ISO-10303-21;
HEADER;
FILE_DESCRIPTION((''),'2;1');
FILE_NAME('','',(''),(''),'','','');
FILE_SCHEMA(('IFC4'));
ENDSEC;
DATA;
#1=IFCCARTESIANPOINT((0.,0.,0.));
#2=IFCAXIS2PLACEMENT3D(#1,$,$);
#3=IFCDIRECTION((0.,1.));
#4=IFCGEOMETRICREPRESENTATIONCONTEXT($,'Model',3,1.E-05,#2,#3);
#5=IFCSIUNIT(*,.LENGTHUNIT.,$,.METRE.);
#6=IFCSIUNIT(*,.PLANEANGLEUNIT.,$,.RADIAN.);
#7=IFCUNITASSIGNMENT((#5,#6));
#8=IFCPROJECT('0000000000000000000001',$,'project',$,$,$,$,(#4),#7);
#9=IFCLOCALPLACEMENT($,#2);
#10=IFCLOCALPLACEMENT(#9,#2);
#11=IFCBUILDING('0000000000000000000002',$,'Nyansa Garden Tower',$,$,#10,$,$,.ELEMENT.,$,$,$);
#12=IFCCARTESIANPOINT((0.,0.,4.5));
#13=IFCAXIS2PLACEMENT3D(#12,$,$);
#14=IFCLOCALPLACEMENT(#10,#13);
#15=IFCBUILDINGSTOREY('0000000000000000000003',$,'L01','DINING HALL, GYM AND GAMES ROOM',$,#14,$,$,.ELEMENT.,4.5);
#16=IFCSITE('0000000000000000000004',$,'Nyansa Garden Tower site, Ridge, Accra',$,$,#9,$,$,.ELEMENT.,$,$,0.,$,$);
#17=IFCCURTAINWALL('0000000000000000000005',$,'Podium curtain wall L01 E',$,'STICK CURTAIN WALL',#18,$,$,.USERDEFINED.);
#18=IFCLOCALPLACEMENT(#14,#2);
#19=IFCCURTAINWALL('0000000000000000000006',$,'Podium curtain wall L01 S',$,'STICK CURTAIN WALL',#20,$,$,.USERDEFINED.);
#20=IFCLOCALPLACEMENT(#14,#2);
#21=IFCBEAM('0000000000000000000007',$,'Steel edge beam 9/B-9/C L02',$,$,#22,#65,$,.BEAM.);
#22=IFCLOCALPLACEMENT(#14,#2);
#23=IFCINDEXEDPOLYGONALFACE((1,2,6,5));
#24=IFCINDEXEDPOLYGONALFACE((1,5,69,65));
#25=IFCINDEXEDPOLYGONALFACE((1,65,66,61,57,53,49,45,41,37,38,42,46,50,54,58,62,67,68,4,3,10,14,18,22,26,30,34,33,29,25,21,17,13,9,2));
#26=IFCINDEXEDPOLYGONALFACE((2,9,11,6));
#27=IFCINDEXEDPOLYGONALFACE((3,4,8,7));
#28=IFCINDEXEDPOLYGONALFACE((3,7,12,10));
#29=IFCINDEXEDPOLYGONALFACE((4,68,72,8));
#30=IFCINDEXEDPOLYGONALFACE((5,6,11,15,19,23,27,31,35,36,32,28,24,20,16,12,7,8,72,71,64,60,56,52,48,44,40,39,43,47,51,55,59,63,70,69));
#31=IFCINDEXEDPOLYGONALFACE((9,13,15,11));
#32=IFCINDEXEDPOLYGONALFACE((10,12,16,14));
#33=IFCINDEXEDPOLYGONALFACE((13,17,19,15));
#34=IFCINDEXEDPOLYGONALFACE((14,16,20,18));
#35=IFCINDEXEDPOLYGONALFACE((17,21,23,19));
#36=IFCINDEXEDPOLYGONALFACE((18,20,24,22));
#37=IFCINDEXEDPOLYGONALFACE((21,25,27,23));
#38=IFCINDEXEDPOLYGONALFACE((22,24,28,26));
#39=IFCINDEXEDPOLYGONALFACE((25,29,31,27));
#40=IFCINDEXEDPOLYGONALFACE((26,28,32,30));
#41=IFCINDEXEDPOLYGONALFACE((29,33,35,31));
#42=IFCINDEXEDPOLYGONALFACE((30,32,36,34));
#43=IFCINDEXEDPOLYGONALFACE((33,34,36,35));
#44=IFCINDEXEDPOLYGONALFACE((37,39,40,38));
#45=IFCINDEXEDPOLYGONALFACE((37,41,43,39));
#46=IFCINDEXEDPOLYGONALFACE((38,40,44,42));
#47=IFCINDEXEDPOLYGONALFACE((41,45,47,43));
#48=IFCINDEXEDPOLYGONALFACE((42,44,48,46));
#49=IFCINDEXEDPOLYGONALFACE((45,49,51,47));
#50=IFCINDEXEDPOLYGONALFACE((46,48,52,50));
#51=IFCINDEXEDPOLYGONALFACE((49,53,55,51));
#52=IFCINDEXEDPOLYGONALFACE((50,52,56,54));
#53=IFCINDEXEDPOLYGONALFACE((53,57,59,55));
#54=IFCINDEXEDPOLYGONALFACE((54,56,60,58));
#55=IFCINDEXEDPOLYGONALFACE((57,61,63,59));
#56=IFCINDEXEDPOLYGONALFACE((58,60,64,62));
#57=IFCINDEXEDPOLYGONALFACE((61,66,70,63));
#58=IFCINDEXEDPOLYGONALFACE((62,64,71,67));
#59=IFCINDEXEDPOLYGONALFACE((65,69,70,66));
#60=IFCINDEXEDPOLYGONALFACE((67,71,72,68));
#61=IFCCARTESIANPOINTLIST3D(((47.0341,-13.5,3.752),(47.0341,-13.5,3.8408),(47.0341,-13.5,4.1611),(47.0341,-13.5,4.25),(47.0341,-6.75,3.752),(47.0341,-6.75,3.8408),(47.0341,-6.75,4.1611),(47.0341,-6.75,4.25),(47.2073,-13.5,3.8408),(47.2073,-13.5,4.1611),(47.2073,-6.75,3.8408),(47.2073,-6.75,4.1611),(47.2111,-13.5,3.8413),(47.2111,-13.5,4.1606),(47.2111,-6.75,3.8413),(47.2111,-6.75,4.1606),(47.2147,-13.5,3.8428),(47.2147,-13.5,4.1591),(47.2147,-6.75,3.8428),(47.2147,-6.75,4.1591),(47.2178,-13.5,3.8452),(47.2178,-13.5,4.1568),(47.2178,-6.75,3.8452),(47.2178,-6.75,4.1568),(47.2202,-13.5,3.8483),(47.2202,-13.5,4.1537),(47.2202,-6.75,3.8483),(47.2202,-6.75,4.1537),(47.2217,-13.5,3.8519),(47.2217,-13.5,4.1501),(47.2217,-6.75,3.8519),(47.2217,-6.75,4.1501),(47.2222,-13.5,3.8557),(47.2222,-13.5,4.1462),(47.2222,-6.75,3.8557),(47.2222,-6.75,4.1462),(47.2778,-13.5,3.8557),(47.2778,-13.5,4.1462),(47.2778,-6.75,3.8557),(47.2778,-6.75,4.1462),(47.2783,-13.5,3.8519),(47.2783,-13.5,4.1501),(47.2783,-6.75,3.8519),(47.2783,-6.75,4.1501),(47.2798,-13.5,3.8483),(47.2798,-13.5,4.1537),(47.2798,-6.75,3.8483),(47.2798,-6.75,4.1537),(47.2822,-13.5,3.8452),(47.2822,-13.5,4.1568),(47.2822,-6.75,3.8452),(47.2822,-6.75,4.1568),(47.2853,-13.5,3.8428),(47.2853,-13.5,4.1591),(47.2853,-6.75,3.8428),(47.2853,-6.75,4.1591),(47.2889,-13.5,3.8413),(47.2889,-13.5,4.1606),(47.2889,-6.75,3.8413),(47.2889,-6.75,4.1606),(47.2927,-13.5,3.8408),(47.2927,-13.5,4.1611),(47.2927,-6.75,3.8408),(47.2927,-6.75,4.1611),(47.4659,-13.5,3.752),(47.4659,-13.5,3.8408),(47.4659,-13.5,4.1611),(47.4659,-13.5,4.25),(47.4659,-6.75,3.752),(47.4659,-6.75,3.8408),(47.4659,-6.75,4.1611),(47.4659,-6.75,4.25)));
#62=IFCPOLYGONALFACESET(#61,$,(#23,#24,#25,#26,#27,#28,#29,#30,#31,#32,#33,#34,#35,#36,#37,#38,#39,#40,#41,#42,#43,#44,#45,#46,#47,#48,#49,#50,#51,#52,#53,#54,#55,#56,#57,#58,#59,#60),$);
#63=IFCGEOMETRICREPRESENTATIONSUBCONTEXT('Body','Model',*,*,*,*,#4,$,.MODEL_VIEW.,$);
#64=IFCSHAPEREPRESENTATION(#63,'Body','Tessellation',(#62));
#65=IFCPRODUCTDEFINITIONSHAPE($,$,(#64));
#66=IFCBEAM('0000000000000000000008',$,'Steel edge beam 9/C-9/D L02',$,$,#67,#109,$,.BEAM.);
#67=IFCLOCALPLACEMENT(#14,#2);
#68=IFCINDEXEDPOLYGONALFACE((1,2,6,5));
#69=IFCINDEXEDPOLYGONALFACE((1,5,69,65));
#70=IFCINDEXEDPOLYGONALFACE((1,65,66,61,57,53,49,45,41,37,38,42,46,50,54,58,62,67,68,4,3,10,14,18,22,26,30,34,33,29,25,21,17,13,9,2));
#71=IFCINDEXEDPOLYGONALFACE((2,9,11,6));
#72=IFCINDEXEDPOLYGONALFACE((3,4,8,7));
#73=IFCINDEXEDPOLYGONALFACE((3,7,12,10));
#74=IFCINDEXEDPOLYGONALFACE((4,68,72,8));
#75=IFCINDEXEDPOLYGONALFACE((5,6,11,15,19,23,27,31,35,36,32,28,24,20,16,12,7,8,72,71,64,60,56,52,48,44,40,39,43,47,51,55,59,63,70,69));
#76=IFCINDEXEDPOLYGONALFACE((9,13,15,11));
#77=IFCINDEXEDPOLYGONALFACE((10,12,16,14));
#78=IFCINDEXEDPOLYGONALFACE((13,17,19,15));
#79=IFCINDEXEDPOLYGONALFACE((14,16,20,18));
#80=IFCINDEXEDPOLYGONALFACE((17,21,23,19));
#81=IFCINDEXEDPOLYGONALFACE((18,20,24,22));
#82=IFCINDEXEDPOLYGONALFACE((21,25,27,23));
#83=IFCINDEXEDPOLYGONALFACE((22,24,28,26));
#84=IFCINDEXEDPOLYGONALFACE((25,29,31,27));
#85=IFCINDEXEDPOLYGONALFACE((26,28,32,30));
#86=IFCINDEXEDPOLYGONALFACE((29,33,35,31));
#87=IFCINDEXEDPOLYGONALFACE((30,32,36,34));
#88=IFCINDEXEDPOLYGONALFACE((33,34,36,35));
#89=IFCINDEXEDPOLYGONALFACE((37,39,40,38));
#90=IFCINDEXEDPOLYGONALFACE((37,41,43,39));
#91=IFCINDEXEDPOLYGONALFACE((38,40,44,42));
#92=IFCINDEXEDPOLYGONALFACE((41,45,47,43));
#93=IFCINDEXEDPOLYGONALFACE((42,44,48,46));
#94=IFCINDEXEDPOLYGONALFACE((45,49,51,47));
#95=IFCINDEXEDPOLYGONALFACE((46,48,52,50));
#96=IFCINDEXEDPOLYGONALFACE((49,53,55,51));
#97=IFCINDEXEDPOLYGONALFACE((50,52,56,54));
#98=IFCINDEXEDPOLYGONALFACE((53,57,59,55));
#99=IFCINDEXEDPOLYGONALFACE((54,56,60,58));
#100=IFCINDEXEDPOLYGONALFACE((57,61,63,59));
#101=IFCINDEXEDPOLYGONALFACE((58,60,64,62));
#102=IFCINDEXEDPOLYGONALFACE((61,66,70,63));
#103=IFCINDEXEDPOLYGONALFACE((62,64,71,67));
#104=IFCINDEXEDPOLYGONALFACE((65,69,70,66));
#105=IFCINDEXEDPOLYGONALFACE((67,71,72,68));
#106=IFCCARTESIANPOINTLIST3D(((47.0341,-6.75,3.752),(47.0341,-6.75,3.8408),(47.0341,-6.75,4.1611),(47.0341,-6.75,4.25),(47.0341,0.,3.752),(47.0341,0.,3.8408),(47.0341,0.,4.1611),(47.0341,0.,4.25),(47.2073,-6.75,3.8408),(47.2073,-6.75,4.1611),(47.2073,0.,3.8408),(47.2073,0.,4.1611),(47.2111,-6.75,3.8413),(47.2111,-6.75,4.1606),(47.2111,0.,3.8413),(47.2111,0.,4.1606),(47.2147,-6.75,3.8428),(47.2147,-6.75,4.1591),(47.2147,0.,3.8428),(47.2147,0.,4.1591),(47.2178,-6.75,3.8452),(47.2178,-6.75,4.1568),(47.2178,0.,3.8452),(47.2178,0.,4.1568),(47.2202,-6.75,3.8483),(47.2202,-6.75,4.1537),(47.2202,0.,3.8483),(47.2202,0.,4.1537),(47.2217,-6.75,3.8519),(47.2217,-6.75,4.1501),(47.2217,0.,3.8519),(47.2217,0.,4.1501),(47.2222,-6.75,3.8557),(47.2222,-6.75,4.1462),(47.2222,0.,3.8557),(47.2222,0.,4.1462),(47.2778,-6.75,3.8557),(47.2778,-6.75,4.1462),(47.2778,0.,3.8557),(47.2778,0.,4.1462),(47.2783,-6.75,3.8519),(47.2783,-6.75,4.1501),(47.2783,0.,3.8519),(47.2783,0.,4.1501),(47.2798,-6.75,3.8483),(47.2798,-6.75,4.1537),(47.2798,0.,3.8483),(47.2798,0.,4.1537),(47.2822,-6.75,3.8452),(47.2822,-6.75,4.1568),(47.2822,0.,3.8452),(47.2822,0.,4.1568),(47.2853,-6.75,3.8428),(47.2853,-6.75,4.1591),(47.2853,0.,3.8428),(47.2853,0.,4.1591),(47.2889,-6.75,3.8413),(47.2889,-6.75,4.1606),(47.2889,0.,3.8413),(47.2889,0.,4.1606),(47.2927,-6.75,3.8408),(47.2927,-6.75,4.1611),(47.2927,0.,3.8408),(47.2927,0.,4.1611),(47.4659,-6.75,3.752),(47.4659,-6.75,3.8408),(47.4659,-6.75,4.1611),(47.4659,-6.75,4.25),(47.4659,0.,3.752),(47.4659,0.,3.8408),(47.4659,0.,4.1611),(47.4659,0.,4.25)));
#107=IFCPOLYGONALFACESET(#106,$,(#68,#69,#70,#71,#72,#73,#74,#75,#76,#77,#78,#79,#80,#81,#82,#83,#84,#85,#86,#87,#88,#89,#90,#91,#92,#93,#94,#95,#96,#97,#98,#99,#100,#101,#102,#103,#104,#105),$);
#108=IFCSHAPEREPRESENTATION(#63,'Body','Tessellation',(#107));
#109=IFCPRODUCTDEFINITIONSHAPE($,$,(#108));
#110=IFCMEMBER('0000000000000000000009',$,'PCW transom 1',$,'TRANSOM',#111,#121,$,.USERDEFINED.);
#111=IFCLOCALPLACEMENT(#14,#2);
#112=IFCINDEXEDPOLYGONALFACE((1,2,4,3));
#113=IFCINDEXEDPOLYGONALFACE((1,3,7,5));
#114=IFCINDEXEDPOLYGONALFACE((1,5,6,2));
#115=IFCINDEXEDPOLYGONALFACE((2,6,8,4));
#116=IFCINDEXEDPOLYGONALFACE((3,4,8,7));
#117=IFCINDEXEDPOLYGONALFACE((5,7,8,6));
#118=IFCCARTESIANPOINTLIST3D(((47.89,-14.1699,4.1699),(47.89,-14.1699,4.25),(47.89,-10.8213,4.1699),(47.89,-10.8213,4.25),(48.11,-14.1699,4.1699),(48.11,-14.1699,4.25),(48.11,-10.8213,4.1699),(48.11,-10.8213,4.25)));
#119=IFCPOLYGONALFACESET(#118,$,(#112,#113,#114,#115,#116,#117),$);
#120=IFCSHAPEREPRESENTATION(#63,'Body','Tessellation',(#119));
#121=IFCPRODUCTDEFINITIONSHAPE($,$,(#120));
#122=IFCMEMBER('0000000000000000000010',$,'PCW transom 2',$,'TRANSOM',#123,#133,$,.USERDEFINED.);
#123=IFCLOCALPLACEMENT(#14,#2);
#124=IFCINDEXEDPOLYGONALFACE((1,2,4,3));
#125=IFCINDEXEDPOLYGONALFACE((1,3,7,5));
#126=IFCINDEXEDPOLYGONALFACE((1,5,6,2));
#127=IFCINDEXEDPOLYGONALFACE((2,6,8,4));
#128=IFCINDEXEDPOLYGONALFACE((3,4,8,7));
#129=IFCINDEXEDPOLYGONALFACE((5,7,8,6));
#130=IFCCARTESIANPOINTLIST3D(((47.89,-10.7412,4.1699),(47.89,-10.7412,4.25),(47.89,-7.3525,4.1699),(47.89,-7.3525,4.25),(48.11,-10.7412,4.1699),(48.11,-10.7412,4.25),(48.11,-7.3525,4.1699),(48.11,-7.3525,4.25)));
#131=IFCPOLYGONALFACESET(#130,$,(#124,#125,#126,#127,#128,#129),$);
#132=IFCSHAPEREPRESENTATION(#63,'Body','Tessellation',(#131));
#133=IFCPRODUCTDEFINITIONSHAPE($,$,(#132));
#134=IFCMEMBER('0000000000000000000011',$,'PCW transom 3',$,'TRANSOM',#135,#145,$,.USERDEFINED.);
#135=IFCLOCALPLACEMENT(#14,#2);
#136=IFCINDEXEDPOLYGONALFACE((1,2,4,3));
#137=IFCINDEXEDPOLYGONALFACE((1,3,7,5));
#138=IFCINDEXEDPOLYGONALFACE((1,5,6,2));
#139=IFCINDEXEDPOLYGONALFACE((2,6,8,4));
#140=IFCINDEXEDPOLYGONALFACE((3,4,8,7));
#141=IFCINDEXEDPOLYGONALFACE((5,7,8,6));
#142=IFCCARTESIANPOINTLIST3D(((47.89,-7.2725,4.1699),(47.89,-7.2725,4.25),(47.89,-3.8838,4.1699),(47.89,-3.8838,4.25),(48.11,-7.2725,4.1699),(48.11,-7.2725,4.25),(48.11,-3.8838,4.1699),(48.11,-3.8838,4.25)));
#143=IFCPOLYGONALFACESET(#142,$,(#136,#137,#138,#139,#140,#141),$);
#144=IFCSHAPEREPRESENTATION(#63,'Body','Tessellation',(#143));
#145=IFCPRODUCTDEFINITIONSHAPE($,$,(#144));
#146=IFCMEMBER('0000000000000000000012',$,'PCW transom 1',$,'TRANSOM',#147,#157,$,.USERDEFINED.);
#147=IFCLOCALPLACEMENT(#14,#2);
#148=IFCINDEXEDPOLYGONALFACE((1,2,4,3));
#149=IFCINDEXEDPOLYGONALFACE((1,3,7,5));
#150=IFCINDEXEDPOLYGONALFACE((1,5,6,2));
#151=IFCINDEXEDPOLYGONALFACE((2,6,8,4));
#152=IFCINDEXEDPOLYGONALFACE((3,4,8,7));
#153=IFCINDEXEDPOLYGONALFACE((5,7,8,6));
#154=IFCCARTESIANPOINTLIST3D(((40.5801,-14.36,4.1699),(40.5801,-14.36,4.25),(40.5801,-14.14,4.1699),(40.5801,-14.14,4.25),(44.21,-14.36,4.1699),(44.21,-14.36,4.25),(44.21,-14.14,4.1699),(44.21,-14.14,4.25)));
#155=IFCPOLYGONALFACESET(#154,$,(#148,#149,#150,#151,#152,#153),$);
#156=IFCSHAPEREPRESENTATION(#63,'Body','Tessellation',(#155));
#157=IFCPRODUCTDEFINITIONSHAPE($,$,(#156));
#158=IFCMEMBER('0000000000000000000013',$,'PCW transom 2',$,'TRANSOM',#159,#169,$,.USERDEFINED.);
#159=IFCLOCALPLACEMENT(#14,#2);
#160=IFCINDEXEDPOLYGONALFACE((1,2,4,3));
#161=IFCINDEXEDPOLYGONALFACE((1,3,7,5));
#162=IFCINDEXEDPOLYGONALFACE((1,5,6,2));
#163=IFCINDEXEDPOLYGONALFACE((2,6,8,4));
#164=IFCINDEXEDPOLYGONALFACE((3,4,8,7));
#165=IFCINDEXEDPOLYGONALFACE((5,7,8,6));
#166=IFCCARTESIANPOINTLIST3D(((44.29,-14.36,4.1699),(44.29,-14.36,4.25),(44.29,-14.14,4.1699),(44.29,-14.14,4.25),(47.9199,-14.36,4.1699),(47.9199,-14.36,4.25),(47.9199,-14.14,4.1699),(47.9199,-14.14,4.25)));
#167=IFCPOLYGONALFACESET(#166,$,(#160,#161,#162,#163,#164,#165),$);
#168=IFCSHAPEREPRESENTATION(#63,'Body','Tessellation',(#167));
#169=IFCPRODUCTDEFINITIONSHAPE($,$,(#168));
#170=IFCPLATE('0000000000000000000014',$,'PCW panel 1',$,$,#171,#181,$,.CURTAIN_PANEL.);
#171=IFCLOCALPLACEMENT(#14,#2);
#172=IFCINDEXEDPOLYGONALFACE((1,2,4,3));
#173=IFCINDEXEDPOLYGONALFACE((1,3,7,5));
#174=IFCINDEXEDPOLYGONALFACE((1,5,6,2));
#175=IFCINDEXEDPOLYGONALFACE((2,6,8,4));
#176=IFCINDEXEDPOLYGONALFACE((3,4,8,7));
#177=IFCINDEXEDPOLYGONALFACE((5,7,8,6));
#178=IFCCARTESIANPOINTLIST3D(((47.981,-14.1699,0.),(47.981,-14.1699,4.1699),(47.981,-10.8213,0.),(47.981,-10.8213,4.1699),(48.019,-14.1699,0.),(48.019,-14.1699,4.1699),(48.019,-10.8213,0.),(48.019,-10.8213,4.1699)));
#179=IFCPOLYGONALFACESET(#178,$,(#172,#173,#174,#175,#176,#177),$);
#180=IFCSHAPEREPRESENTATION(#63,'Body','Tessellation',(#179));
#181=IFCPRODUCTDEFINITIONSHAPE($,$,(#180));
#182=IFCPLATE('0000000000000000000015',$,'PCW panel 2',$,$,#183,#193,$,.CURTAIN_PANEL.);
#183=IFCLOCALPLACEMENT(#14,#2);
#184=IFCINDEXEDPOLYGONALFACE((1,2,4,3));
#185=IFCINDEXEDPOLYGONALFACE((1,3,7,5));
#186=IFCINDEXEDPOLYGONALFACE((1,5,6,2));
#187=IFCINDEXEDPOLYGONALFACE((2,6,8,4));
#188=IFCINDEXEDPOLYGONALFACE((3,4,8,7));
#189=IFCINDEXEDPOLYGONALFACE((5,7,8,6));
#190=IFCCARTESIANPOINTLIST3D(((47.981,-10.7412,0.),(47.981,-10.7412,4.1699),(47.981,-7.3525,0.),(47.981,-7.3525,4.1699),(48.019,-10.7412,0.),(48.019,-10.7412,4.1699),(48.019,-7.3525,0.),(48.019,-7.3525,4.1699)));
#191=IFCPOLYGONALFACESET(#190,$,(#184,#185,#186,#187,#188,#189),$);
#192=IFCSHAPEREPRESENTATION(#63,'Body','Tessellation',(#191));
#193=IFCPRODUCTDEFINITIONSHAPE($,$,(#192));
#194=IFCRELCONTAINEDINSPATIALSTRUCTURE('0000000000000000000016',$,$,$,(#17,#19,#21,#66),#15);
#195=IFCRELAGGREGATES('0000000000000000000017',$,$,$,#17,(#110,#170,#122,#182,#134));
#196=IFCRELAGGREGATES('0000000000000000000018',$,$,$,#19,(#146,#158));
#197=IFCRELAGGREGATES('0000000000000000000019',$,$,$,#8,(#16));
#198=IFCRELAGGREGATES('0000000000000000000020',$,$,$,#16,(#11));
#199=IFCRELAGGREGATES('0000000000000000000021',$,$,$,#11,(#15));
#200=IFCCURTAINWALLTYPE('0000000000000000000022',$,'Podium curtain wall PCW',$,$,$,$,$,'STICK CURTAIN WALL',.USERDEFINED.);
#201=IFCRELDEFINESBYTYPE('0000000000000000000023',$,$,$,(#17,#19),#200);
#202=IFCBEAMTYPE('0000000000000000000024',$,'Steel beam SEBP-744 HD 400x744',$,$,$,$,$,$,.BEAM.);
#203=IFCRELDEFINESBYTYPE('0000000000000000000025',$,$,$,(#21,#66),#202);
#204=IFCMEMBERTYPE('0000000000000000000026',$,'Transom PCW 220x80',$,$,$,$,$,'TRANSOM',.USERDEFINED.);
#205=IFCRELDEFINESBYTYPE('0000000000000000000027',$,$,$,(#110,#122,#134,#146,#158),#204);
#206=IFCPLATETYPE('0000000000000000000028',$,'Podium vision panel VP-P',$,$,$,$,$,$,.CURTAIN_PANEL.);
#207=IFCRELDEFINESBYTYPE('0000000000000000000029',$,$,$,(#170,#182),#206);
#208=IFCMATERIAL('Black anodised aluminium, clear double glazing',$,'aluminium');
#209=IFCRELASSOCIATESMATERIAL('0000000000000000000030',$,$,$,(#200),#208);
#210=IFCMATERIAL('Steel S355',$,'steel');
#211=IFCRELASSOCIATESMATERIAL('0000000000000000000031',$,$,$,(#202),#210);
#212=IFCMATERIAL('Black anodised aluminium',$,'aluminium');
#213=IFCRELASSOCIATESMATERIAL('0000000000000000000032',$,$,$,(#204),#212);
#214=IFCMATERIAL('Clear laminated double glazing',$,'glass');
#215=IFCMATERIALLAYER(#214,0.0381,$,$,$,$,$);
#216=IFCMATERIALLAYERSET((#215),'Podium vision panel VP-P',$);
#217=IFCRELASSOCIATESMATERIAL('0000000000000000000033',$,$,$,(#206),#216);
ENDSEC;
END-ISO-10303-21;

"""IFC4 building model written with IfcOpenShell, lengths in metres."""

from ifc_helpers import new_model, si_unit, direction, frame, origin, origin_2d, place, context, subcontext, project, spatial, rectangle, i_section, extrude, material, layer, layer_set, material_profile, profile_set, type_object, element, aggregate, save


model = new_model("IFC4")

# Units and contexts
model_context = context("Model", 3, precision=1e-05, world=origin(), true_north=direction((0.0, 1.0)))
body_context = subcontext(model_context, "Body", "Model", "MODEL_VIEW")
ifc_project = project(units=[si_unit("LENGTHUNIT", "METRE"), si_unit("PLANEANGLEUNIT", "RADIAN")], contexts=[model_context])

# Site, building, storey
site_placement = place(None, origin())
site = spatial("IfcSite", under=ifc_project, at=site_placement, Name="Nyansa Garden Tower site, Ridge, Accra", CompositionType="ELEMENT", RefElevation=0.0)
building_placement = place(site_placement, origin())
building = spatial("IfcBuilding", under=site, at=building_placement, Name="Nyansa Garden Tower", CompositionType="ELEMENT")
storey_placement = place(building_placement, frame((0.0, 0.0, 4.5)))
storey = spatial("IfcBuildingStorey", under=building, at=storey_placement, Name="L01", Description="DINING HALL, GYM AND GAMES ROOM", CompositionType="ELEMENT", Elevation=4.5)

# Curtain walls
ifc_material_1 = material(Name="Black anodised aluminium, clear double glazing", Category="aluminium")
curtain_wall_type = type_object("IfcCurtainWallType", Name="Podium curtain wall PCW", ElementType="STICK CURTAIN WALL", PredefinedType="USERDEFINED", material=ifc_material_1)
curtain_wall_1_placement = place(storey_placement, origin())
curtain_wall_1 = element("IfcCurtainWall", 1, at=curtain_wall_1_placement, inside=storey, type_object=curtain_wall_type, Name="Podium curtain wall L01 E", ObjectType="STICK CURTAIN WALL", PredefinedType="USERDEFINED")
curtain_wall_2_placement = place(storey_placement, origin())
curtain_wall_2 = element("IfcCurtainWall", 2, at=curtain_wall_2_placement, inside=storey, type_object=curtain_wall_type, Name="Podium curtain wall L01 S", ObjectType="STICK CURTAIN WALL", PredefinedType="USERDEFINED")

# Beams
ifc_material_2 = material(Name="Steel S355", Category="steel")
ifc_material_profile_1 = material_profile(ifc_material_2, i_section(OverallWidth=0.4319, OverallDepth=0.498, WebThickness=0.0557, FlangeThickness=0.0889, FilletRadius=0.0149, at=origin_2d()), Name="HD 400x744")
ifc_profile_set_1 = profile_set([ifc_material_profile_1], Name="Steel S355")
beam_type_1 = type_object("IfcBeamType", Name="Steel beam SEBP-744 HD 400x744", PredefinedType="BEAM", material=ifc_profile_set_1)
for number, where, z_axis, x_axis, name in (
    (3, (47.25, -13.5, 4.001), (0.0, 1.0, 0.0), (-1.0, 0.0, 0.0), "Steel edge beam 9/B-9/C L02"),
    (4, (47.25, -6.75, 4.001), (0.0, 1.0, 0.0), (-1.0, 0.0, 0.0), "Steel edge beam 9/C-9/D L02"),
):
    element("IfcBeam", number, at=place(storey_placement, frame(where, z_axis=z_axis, x_axis=x_axis)), inside=storey, type_object=beam_type_1, Name=name, PredefinedType="BEAM", context=body_context, shape_type="SweptSolid", body=[
        extrude(i_section(OverallWidth=0.4319, OverallDepth=0.498, WebThickness=0.0557, FlangeThickness=0.0889, FilletRadius=0.0149, at=origin_2d()), origin(), (0.0, 0.0, 1.0), 6.75),
    ])

# Members
ifc_material_3 = material(Name="Black anodised aluminium", Category="aluminium")
ifc_material_profile_2 = material_profile(ifc_material_3, rectangle(XDim=0.22, YDim=0.0801, at=origin_2d()), Name="Transom 220x80")
ifc_profile_set_2 = profile_set([ifc_material_profile_2], Name="Black anodised aluminium")
member_type_1 = type_object("IfcMemberType", Name="Transom PCW 220x80", ElementType="TRANSOM", PredefinedType="USERDEFINED", material=ifc_profile_set_2)
member_1_placement = place(storey_placement, frame((48.0, -14.1699, 4.21), z_axis=(0.0, 1.0, 0.0), x_axis=(-1.0, 0.0, 0.0)))
member_1 = element("IfcMember", 5, at=member_1_placement, type_object=member_type_1, Name="PCW transom 1", ObjectType="TRANSOM", PredefinedType="USERDEFINED", context=body_context, shape_type="SweptSolid", body=[
    extrude(rectangle(XDim=0.22, YDim=0.0801, at=origin_2d()), origin(), (0.0, 0.0, 1.0), 3.3486),
])
member_2_placement = place(storey_placement, frame((48.0, -10.7412, 4.21), z_axis=(0.0, 1.0, 0.0), x_axis=(-1.0, 0.0, 0.0)))
member_2 = element("IfcMember", 6, at=member_2_placement, type_object=member_type_1, Name="PCW transom 2", ObjectType="TRANSOM", PredefinedType="USERDEFINED", context=body_context, shape_type="SweptSolid", body=[
    extrude(rectangle(XDim=0.22, YDim=0.0801, at=origin_2d()), origin(), (0.0, 0.0, 1.0), 3.3887),
])
member_3_placement = place(storey_placement, frame((48.0, -7.2725, 4.21), z_axis=(0.0, 1.0, 0.0), x_axis=(-1.0, 0.0, 0.0)))
member_3 = element("IfcMember", 7, at=member_3_placement, type_object=member_type_1, Name="PCW transom 3", ObjectType="TRANSOM", PredefinedType="USERDEFINED", context=body_context, shape_type="SweptSolid", body=[
    extrude(rectangle(XDim=0.22, YDim=0.0801, at=origin_2d()), origin(), (0.0, 0.0, 1.0), 3.3887),
])
member_4_placement = place(storey_placement, frame((40.5801, -14.25, 4.21), z_axis=(1.0, 0.0, 0.0), x_axis=(0.0, 1.0, 0.0)))
member_4 = element("IfcMember", 8, at=member_4_placement, type_object=member_type_1, Name="PCW transom 1", ObjectType="TRANSOM", PredefinedType="USERDEFINED", context=body_context, shape_type="SweptSolid", body=[
    extrude(rectangle(XDim=0.22, YDim=0.0801, at=origin_2d()), origin(), (0.0, 0.0, 1.0), 3.6299),
])
member_5_placement = place(storey_placement, frame((44.29, -14.25, 4.21), z_axis=(1.0, 0.0, 0.0), x_axis=(0.0, 1.0, 0.0)))
member_5 = element("IfcMember", 9, at=member_5_placement, type_object=member_type_1, Name="PCW transom 2", ObjectType="TRANSOM", PredefinedType="USERDEFINED", context=body_context, shape_type="SweptSolid", body=[
    extrude(rectangle(XDim=0.22, YDim=0.0801, at=origin_2d()), origin(), (0.0, 0.0, 1.0), 3.6299),
])

# Plates
ifc_material_4 = material(Name="Clear laminated double glazing", Category="glass")
ifc_layer_1 = layer(ifc_material_4, 0.0381)
ifc_layer_set_1 = layer_set([ifc_layer_1], Name="Podium vision panel VP-P")
plate_type = type_object("IfcPlateType", Name="Podium vision panel VP-P", PredefinedType="CURTAIN_PANEL", material=ifc_layer_set_1)
plate_1_placement = place(storey_placement, frame((48.0, -12.4956, 0.0), z_axis=(0.0, 0.0, 1.0), x_axis=(0.0, 1.0, 0.0)))
plate_1 = element("IfcPlate", 10, at=plate_1_placement, type_object=plate_type, Name="PCW panel 1", PredefinedType="CURTAIN_PANEL", context=body_context, shape_type="SweptSolid", body=[
    extrude(rectangle(XDim=3.3486, YDim=0.0381, at=origin_2d()), origin(), (0.0, 0.0, 1.0), 4.1699),
])
plate_2_placement = place(storey_placement, frame((48.0, -9.0469, 0.0), z_axis=(0.0, 0.0, 1.0), x_axis=(0.0, 1.0, 0.0)))
plate_2 = element("IfcPlate", 11, at=plate_2_placement, type_object=plate_type, Name="PCW panel 2", PredefinedType="CURTAIN_PANEL", context=body_context, shape_type="SweptSolid", body=[
    extrude(rectangle(XDim=3.3887, YDim=0.0381, at=origin_2d()), origin(), (0.0, 0.0, 1.0), 4.1699),
])
aggregate(curtain_wall_1, [member_1, plate_1, member_2, plate_2, member_3])
aggregate(curtain_wall_2, [member_4, member_5])

save(model, "model.ifc")
